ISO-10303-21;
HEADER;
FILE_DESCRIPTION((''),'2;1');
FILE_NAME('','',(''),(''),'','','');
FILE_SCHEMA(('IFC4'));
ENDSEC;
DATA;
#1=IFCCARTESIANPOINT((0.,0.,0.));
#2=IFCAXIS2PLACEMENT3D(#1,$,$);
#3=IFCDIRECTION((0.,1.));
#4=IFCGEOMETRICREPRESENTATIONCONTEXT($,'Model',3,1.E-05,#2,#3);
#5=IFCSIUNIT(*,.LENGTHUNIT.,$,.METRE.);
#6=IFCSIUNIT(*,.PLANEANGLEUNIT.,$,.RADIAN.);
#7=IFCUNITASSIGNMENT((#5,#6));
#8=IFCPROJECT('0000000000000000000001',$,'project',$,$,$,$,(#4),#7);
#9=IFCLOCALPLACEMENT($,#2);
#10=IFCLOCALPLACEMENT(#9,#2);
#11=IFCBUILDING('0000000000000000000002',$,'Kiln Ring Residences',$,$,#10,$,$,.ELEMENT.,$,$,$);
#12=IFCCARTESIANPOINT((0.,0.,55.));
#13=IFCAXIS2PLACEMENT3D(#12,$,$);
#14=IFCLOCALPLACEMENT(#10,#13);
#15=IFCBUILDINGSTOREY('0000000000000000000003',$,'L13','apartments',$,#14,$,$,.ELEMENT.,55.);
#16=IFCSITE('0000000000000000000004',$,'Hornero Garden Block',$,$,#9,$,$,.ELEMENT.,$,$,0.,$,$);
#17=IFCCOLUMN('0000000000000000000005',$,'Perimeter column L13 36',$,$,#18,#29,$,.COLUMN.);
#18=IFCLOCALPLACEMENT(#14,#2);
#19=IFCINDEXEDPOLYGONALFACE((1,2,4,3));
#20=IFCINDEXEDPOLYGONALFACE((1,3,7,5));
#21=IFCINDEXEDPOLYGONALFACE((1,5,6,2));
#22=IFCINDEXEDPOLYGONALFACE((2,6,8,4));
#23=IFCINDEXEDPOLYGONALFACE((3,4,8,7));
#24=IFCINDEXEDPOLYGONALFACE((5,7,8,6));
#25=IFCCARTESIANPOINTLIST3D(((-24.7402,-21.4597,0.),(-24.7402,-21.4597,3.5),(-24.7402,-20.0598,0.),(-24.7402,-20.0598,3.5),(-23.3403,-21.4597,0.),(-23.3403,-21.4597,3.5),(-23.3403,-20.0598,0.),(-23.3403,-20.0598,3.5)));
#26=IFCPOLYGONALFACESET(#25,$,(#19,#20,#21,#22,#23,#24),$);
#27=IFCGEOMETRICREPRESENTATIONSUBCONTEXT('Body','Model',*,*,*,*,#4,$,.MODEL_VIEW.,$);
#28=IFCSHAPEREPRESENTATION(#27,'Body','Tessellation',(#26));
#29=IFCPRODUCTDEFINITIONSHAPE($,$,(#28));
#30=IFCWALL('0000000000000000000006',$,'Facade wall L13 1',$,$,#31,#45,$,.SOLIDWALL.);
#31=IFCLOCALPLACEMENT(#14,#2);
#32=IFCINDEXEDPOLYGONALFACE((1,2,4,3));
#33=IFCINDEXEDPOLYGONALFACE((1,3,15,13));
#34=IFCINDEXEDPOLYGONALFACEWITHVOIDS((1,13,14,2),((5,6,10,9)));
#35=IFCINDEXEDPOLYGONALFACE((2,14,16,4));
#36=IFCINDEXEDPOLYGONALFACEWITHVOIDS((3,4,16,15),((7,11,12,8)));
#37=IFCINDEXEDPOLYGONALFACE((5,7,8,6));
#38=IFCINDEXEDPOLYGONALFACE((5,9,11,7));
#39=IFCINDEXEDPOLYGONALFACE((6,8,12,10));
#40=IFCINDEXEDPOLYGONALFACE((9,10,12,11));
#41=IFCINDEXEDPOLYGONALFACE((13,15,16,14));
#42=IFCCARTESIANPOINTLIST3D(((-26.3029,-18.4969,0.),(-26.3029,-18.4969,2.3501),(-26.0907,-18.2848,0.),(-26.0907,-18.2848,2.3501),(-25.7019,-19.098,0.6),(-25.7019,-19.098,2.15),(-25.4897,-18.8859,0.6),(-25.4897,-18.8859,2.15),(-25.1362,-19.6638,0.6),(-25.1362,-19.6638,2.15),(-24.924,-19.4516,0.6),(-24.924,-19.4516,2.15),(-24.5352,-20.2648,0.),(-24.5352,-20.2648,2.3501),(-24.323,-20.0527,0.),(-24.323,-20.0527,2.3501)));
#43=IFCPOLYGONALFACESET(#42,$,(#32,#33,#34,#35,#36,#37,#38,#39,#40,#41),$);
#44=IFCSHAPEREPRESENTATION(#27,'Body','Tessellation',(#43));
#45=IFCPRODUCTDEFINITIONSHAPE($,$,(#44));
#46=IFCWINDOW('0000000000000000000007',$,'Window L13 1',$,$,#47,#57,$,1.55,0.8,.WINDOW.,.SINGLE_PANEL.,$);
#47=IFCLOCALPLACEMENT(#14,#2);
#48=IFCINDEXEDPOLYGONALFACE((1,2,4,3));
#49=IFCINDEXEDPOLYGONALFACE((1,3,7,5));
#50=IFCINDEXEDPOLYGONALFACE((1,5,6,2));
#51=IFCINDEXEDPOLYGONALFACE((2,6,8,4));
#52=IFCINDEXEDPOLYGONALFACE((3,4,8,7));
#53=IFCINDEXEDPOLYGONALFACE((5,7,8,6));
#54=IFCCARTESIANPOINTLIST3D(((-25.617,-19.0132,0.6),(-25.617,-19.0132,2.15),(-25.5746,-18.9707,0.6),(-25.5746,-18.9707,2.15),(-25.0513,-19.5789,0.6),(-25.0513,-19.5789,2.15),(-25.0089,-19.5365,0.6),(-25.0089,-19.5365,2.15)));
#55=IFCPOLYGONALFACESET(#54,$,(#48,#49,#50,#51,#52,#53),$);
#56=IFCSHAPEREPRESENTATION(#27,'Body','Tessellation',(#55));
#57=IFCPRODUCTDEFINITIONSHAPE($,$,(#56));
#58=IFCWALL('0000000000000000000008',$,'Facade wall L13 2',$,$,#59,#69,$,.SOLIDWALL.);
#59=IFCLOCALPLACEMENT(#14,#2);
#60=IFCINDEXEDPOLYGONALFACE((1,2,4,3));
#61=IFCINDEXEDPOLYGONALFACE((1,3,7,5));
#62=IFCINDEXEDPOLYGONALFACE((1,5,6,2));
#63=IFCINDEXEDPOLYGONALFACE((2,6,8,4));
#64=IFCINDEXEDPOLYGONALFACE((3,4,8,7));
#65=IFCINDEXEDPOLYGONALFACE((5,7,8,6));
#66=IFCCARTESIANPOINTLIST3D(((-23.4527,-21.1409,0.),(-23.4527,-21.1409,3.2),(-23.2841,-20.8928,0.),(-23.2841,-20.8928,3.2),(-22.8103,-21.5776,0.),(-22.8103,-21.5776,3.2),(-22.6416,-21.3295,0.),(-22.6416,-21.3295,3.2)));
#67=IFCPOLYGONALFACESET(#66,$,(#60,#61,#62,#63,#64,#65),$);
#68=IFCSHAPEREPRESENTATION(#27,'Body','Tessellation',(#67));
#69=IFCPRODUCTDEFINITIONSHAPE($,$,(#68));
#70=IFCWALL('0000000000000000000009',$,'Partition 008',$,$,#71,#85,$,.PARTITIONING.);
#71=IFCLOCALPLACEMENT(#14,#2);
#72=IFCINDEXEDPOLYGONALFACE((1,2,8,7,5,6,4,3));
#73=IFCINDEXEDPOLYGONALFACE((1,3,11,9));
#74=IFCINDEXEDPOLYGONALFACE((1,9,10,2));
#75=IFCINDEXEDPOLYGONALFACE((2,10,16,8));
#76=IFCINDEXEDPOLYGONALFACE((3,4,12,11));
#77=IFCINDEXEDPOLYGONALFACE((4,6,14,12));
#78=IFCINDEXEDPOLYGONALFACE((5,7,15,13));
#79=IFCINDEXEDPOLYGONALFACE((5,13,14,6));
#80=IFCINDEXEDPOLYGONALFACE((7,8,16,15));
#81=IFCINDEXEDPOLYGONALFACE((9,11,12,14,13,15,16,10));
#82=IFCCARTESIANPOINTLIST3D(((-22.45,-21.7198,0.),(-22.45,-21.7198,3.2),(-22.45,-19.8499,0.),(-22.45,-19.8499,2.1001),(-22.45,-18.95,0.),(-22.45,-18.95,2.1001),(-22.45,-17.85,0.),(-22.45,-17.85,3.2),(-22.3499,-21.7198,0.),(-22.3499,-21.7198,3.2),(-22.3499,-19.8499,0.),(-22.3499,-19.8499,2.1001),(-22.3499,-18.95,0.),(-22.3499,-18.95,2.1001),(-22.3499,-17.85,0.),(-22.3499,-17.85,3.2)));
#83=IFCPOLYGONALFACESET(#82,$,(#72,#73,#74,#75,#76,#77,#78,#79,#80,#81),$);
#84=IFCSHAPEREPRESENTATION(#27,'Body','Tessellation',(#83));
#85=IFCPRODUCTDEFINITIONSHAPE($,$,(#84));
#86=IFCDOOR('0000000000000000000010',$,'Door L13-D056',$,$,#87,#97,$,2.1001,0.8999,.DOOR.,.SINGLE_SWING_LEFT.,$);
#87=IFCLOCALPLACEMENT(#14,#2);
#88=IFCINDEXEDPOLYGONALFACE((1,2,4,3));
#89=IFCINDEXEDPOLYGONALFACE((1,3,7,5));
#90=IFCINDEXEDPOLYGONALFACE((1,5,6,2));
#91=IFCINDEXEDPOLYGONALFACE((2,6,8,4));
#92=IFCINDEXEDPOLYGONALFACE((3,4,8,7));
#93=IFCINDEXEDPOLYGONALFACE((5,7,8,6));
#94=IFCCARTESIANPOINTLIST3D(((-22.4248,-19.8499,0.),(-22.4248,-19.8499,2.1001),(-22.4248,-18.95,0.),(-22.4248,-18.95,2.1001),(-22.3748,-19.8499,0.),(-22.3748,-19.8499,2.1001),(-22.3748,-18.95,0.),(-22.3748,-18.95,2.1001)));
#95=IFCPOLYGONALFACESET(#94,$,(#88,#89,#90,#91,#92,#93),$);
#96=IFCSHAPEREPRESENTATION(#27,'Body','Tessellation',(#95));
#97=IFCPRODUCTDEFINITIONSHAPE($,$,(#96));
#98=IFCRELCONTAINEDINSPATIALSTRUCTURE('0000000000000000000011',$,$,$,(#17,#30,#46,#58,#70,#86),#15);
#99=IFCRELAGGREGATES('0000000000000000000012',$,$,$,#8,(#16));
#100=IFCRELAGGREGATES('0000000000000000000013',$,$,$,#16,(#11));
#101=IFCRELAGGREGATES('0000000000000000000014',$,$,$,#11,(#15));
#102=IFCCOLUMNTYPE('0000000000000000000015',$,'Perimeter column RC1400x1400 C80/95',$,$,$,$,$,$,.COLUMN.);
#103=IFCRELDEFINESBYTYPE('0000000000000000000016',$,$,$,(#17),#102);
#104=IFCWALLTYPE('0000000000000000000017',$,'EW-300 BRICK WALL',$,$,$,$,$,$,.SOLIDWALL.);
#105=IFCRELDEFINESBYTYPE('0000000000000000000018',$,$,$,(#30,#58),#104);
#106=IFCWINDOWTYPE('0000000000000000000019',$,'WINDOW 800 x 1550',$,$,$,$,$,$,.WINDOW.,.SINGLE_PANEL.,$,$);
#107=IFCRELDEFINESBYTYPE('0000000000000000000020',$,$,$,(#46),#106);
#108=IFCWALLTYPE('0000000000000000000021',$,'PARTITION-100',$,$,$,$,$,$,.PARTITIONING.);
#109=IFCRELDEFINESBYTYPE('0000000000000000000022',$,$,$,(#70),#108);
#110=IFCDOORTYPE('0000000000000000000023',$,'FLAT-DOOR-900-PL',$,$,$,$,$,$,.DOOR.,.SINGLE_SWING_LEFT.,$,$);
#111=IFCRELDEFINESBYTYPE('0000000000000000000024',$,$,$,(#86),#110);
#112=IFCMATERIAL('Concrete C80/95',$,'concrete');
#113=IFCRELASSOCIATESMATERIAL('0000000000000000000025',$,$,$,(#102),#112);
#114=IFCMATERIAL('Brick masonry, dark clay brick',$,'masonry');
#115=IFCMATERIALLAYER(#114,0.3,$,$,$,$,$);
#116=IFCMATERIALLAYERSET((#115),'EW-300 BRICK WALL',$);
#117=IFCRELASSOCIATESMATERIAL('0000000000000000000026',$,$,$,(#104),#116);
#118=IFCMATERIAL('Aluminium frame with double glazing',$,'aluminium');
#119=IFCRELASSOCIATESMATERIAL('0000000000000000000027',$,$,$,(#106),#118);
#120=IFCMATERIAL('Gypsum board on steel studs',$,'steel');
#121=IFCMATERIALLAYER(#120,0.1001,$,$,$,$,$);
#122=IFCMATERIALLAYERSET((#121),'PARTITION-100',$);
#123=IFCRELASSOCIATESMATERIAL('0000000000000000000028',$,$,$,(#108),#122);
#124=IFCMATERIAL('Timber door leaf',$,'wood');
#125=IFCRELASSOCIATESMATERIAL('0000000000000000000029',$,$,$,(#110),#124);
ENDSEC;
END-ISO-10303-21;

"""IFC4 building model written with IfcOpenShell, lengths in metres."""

from ifc_helpers import new_model, si_unit, direction, frame, frame_2d, origin, origin_2d, place, context, subcontext, project, spatial, rectangle, extrude, material, layer, layer_set, material_profile, profile_set, type_object, element, fill, save


model = new_model("IFC4")

# Units and contexts
model_context = context("Model", 3, precision=1e-05, world=origin(), true_north=direction((0.0, 1.0)))
body_context = subcontext(model_context, "Body", "Model", "MODEL_VIEW")
ifc_project = project(units=[si_unit("LENGTHUNIT", "METRE"), si_unit("PLANEANGLEUNIT", "RADIAN")], contexts=[model_context])

# Site, building, storey
site_placement = place(None, origin())
site = spatial("IfcSite", under=ifc_project, at=site_placement, Name="Hornero Garden Block", CompositionType="ELEMENT", RefElevation=0.0)
building_placement = place(site_placement, origin())
building = spatial("IfcBuilding", under=site, at=building_placement, Name="Kiln Ring Residences", CompositionType="ELEMENT")
storey_placement = place(building_placement, frame((0.0, 0.0, 55.0)))
storey = spatial("IfcBuildingStorey", under=building, at=storey_placement, Name="L13", Description="apartments", CompositionType="ELEMENT", Elevation=55.0)

# Column
ifc_material_1 = material(Name="Concrete C80/95", Category="concrete")
ifc_material_profile = material_profile(ifc_material_1, rectangle(XDim=1.3999, YDim=1.3999, at=origin_2d()), Name="RC1400x1400")
ifc_profile_set = profile_set([ifc_material_profile], Name="Concrete C80/95")
column_type = type_object("IfcColumnType", Name="Perimeter column RC1400x1400 C80/95", PredefinedType="COLUMN", material=ifc_profile_set)
column_placement = place(storey_placement, frame((-24.0403, -20.7598, 0.0), z_axis=(0.0, 0.0, 1.0), x_axis=(1.0, 0.0, 0.0)))
element("IfcColumn", 1, at=column_placement, inside=storey, type_object=column_type, Name="Perimeter column L13 36", PredefinedType="COLUMN", context=body_context, shape_type="SweptSolid", body=[
    extrude(rectangle(XDim=1.3999, YDim=1.3999, at=origin_2d()), origin(), (0.0, 0.0, 1.0), 3.5),
])

# Wall, opening, window
ifc_material_2 = material(Name="Brick masonry, dark clay brick", Category="masonry")
ifc_layer_1 = layer(ifc_material_2, 0.3)
ifc_layer_set_1 = layer_set([ifc_layer_1], Name="EW-300 BRICK WALL")
wall_type_1 = type_object("IfcWallType", Name="EW-300 BRICK WALL", PredefinedType="SOLIDWALL", material=ifc_layer_set_1)
wall_1_placement = place(storey_placement, frame((-26.1968, -18.3909, 0.0), z_axis=(0.0, 0.0, 1.0), x_axis=(0.707058, -0.707156, 0.0)))
wall_1 = element("IfcWall", 2, at=wall_1_placement, inside=storey, type_object=wall_type_1, Name="Facade wall L13 1", PredefinedType="SOLIDWALL", context=body_context, shape_type="SweptSolid", body=[
    extrude(rectangle(XDim=2.5, YDim=0.3, at=frame_2d((1.25, 0.0))), origin(), (0.0, 0.0, 1.0), 2.3501),
])
opening_1_placement = place(wall_1_placement, frame((0.8501, 0.0, 0.6001)))
opening_1 = element("IfcOpeningElement", 3, at=opening_1_placement, cuts=wall_1, PredefinedType="OPENING", context=body_context, shape_type="SweptSolid", body=[
    extrude(rectangle(XDim=0.8, YDim=1.55, at=frame_2d((0.3999, 0.7749))), frame((0.0, 0.1599, 0.0), z_axis=(0.0, -1.0, 0.0), x_axis=(1.0, 0.0, 0.0)), (0.0, 0.0, 1.0), 0.3201),
])
ifc_material_3 = material(Name="Aluminium frame with double glazing", Category="aluminium")
window_type = type_object("IfcWindowType", Name="WINDOW 800 x 1550", PartitioningType="SINGLE_PANEL", PredefinedType="WINDOW", material=ifc_material_3)
window_placement = place(opening_1_placement, origin())
window = element("IfcWindow", 4, at=window_placement, inside=storey, type_object=window_type, Name="Window L13 1", OverallHeight=1.55, OverallWidth=0.8, PartitioningType="SINGLE_PANEL", PredefinedType="WINDOW", context=body_context, shape_type="SweptSolid", body=[
    extrude(rectangle(XDim=0.8, YDim=1.55, at=frame_2d((0.3999, 0.7749))), frame((0.0, 0.03, 0.0), z_axis=(0.0, -1.0, 0.0), x_axis=(1.0, 0.0, 0.0)), (0.0, 0.0, 1.0), 0.0601),
])
fill(opening_1, window)

# Wall
wall_2_placement = place(storey_placement, frame((-23.3684, -21.0168, 0.0), z_axis=(0.0, 0.0, 1.0), x_axis=(0.827038, -0.562147, 0.0)))
element("IfcWall", 5, at=wall_2_placement, inside=storey, type_object=wall_type_1, Name="Facade wall L13 2", PredefinedType="SOLIDWALL", context=body_context, shape_type="SweptSolid", body=[
    extrude(rectangle(XDim=0.7769, YDim=0.3, at=frame_2d((0.3884, 0.0))), origin(), (0.0, 0.0, 1.0), 3.2),
])

# Shared definitions
ifc_material_4 = material(Name="Gypsum board on steel studs", Category="steel")
ifc_layer_2 = layer(ifc_material_4, 0.1001)
ifc_layer_set_2 = layer_set([ifc_layer_2], Name="PARTITION-100")
wall_type_2 = type_object("IfcWallType", Name="PARTITION-100", PredefinedType="PARTITIONING", material=ifc_layer_set_2)
ifc_material_5 = material(Name="Timber door leaf", Category="wood")
door_type_1 = type_object("IfcDoorType", Name="FLAT-DOOR-900-PL", OperationType="SINGLE_SWING_LEFT", PredefinedType="DOOR", material=ifc_material_5)

# Wall, opening, door
wall_3_placement = place(storey_placement, frame((-22.3999, -21.72, 0.0), z_axis=(0.0, 0.0, 1.0), x_axis=(0.0, 1.0, 0.0)))
wall_3 = element("IfcWall", 6, at=wall_3_placement, inside=storey, type_object=wall_type_2, Name="Partition 008", PredefinedType="PARTITIONING", context=body_context, shape_type="SweptSolid", body=[
    extrude(rectangle(XDim=3.8699, YDim=0.1001, at=frame_2d((1.9351, 0.0))), origin(), (0.0, 0.0, 1.0), 3.2),
])
opening_2_placement = place(wall_3_placement, frame((1.8701, 0.0, 0.0)))
opening_2 = element("IfcOpeningElement", 7, at=opening_2_placement, cuts=wall_3, PredefinedType="OPENING", context=body_context, shape_type="SweptSolid", body=[
    extrude(rectangle(XDim=0.8999, YDim=2.1001, at=frame_2d((0.45, 1.05))), frame((0.0, 0.0601, 0.0), z_axis=(0.0, -1.0, 0.0), x_axis=(1.0, 0.0, 0.0)), (0.0, 0.0, 1.0), 0.1201),
])
door_1_placement = place(opening_2_placement, origin())
door_1 = element("IfcDoor", 8, at=door_1_placement, inside=storey, type_object=door_type_1, Name="Door L13-D056", OperationType="SINGLE_SWING_LEFT", OverallHeight=2.1001, OverallWidth=0.8999, PredefinedType="DOOR", context=body_context, shape_type="SweptSolid", body=[
    extrude(rectangle(XDim=0.8999, YDim=2.1001, at=frame_2d((0.45, 1.05))), frame((0.0, 0.0249, 0.0), z_axis=(0.0, -1.0, 0.0), x_axis=(1.0, 0.0, 0.0)), (0.0, 0.0, 1.0), 0.05),
])
fill(opening_2, door_1)

save(model, "model.ifc")
